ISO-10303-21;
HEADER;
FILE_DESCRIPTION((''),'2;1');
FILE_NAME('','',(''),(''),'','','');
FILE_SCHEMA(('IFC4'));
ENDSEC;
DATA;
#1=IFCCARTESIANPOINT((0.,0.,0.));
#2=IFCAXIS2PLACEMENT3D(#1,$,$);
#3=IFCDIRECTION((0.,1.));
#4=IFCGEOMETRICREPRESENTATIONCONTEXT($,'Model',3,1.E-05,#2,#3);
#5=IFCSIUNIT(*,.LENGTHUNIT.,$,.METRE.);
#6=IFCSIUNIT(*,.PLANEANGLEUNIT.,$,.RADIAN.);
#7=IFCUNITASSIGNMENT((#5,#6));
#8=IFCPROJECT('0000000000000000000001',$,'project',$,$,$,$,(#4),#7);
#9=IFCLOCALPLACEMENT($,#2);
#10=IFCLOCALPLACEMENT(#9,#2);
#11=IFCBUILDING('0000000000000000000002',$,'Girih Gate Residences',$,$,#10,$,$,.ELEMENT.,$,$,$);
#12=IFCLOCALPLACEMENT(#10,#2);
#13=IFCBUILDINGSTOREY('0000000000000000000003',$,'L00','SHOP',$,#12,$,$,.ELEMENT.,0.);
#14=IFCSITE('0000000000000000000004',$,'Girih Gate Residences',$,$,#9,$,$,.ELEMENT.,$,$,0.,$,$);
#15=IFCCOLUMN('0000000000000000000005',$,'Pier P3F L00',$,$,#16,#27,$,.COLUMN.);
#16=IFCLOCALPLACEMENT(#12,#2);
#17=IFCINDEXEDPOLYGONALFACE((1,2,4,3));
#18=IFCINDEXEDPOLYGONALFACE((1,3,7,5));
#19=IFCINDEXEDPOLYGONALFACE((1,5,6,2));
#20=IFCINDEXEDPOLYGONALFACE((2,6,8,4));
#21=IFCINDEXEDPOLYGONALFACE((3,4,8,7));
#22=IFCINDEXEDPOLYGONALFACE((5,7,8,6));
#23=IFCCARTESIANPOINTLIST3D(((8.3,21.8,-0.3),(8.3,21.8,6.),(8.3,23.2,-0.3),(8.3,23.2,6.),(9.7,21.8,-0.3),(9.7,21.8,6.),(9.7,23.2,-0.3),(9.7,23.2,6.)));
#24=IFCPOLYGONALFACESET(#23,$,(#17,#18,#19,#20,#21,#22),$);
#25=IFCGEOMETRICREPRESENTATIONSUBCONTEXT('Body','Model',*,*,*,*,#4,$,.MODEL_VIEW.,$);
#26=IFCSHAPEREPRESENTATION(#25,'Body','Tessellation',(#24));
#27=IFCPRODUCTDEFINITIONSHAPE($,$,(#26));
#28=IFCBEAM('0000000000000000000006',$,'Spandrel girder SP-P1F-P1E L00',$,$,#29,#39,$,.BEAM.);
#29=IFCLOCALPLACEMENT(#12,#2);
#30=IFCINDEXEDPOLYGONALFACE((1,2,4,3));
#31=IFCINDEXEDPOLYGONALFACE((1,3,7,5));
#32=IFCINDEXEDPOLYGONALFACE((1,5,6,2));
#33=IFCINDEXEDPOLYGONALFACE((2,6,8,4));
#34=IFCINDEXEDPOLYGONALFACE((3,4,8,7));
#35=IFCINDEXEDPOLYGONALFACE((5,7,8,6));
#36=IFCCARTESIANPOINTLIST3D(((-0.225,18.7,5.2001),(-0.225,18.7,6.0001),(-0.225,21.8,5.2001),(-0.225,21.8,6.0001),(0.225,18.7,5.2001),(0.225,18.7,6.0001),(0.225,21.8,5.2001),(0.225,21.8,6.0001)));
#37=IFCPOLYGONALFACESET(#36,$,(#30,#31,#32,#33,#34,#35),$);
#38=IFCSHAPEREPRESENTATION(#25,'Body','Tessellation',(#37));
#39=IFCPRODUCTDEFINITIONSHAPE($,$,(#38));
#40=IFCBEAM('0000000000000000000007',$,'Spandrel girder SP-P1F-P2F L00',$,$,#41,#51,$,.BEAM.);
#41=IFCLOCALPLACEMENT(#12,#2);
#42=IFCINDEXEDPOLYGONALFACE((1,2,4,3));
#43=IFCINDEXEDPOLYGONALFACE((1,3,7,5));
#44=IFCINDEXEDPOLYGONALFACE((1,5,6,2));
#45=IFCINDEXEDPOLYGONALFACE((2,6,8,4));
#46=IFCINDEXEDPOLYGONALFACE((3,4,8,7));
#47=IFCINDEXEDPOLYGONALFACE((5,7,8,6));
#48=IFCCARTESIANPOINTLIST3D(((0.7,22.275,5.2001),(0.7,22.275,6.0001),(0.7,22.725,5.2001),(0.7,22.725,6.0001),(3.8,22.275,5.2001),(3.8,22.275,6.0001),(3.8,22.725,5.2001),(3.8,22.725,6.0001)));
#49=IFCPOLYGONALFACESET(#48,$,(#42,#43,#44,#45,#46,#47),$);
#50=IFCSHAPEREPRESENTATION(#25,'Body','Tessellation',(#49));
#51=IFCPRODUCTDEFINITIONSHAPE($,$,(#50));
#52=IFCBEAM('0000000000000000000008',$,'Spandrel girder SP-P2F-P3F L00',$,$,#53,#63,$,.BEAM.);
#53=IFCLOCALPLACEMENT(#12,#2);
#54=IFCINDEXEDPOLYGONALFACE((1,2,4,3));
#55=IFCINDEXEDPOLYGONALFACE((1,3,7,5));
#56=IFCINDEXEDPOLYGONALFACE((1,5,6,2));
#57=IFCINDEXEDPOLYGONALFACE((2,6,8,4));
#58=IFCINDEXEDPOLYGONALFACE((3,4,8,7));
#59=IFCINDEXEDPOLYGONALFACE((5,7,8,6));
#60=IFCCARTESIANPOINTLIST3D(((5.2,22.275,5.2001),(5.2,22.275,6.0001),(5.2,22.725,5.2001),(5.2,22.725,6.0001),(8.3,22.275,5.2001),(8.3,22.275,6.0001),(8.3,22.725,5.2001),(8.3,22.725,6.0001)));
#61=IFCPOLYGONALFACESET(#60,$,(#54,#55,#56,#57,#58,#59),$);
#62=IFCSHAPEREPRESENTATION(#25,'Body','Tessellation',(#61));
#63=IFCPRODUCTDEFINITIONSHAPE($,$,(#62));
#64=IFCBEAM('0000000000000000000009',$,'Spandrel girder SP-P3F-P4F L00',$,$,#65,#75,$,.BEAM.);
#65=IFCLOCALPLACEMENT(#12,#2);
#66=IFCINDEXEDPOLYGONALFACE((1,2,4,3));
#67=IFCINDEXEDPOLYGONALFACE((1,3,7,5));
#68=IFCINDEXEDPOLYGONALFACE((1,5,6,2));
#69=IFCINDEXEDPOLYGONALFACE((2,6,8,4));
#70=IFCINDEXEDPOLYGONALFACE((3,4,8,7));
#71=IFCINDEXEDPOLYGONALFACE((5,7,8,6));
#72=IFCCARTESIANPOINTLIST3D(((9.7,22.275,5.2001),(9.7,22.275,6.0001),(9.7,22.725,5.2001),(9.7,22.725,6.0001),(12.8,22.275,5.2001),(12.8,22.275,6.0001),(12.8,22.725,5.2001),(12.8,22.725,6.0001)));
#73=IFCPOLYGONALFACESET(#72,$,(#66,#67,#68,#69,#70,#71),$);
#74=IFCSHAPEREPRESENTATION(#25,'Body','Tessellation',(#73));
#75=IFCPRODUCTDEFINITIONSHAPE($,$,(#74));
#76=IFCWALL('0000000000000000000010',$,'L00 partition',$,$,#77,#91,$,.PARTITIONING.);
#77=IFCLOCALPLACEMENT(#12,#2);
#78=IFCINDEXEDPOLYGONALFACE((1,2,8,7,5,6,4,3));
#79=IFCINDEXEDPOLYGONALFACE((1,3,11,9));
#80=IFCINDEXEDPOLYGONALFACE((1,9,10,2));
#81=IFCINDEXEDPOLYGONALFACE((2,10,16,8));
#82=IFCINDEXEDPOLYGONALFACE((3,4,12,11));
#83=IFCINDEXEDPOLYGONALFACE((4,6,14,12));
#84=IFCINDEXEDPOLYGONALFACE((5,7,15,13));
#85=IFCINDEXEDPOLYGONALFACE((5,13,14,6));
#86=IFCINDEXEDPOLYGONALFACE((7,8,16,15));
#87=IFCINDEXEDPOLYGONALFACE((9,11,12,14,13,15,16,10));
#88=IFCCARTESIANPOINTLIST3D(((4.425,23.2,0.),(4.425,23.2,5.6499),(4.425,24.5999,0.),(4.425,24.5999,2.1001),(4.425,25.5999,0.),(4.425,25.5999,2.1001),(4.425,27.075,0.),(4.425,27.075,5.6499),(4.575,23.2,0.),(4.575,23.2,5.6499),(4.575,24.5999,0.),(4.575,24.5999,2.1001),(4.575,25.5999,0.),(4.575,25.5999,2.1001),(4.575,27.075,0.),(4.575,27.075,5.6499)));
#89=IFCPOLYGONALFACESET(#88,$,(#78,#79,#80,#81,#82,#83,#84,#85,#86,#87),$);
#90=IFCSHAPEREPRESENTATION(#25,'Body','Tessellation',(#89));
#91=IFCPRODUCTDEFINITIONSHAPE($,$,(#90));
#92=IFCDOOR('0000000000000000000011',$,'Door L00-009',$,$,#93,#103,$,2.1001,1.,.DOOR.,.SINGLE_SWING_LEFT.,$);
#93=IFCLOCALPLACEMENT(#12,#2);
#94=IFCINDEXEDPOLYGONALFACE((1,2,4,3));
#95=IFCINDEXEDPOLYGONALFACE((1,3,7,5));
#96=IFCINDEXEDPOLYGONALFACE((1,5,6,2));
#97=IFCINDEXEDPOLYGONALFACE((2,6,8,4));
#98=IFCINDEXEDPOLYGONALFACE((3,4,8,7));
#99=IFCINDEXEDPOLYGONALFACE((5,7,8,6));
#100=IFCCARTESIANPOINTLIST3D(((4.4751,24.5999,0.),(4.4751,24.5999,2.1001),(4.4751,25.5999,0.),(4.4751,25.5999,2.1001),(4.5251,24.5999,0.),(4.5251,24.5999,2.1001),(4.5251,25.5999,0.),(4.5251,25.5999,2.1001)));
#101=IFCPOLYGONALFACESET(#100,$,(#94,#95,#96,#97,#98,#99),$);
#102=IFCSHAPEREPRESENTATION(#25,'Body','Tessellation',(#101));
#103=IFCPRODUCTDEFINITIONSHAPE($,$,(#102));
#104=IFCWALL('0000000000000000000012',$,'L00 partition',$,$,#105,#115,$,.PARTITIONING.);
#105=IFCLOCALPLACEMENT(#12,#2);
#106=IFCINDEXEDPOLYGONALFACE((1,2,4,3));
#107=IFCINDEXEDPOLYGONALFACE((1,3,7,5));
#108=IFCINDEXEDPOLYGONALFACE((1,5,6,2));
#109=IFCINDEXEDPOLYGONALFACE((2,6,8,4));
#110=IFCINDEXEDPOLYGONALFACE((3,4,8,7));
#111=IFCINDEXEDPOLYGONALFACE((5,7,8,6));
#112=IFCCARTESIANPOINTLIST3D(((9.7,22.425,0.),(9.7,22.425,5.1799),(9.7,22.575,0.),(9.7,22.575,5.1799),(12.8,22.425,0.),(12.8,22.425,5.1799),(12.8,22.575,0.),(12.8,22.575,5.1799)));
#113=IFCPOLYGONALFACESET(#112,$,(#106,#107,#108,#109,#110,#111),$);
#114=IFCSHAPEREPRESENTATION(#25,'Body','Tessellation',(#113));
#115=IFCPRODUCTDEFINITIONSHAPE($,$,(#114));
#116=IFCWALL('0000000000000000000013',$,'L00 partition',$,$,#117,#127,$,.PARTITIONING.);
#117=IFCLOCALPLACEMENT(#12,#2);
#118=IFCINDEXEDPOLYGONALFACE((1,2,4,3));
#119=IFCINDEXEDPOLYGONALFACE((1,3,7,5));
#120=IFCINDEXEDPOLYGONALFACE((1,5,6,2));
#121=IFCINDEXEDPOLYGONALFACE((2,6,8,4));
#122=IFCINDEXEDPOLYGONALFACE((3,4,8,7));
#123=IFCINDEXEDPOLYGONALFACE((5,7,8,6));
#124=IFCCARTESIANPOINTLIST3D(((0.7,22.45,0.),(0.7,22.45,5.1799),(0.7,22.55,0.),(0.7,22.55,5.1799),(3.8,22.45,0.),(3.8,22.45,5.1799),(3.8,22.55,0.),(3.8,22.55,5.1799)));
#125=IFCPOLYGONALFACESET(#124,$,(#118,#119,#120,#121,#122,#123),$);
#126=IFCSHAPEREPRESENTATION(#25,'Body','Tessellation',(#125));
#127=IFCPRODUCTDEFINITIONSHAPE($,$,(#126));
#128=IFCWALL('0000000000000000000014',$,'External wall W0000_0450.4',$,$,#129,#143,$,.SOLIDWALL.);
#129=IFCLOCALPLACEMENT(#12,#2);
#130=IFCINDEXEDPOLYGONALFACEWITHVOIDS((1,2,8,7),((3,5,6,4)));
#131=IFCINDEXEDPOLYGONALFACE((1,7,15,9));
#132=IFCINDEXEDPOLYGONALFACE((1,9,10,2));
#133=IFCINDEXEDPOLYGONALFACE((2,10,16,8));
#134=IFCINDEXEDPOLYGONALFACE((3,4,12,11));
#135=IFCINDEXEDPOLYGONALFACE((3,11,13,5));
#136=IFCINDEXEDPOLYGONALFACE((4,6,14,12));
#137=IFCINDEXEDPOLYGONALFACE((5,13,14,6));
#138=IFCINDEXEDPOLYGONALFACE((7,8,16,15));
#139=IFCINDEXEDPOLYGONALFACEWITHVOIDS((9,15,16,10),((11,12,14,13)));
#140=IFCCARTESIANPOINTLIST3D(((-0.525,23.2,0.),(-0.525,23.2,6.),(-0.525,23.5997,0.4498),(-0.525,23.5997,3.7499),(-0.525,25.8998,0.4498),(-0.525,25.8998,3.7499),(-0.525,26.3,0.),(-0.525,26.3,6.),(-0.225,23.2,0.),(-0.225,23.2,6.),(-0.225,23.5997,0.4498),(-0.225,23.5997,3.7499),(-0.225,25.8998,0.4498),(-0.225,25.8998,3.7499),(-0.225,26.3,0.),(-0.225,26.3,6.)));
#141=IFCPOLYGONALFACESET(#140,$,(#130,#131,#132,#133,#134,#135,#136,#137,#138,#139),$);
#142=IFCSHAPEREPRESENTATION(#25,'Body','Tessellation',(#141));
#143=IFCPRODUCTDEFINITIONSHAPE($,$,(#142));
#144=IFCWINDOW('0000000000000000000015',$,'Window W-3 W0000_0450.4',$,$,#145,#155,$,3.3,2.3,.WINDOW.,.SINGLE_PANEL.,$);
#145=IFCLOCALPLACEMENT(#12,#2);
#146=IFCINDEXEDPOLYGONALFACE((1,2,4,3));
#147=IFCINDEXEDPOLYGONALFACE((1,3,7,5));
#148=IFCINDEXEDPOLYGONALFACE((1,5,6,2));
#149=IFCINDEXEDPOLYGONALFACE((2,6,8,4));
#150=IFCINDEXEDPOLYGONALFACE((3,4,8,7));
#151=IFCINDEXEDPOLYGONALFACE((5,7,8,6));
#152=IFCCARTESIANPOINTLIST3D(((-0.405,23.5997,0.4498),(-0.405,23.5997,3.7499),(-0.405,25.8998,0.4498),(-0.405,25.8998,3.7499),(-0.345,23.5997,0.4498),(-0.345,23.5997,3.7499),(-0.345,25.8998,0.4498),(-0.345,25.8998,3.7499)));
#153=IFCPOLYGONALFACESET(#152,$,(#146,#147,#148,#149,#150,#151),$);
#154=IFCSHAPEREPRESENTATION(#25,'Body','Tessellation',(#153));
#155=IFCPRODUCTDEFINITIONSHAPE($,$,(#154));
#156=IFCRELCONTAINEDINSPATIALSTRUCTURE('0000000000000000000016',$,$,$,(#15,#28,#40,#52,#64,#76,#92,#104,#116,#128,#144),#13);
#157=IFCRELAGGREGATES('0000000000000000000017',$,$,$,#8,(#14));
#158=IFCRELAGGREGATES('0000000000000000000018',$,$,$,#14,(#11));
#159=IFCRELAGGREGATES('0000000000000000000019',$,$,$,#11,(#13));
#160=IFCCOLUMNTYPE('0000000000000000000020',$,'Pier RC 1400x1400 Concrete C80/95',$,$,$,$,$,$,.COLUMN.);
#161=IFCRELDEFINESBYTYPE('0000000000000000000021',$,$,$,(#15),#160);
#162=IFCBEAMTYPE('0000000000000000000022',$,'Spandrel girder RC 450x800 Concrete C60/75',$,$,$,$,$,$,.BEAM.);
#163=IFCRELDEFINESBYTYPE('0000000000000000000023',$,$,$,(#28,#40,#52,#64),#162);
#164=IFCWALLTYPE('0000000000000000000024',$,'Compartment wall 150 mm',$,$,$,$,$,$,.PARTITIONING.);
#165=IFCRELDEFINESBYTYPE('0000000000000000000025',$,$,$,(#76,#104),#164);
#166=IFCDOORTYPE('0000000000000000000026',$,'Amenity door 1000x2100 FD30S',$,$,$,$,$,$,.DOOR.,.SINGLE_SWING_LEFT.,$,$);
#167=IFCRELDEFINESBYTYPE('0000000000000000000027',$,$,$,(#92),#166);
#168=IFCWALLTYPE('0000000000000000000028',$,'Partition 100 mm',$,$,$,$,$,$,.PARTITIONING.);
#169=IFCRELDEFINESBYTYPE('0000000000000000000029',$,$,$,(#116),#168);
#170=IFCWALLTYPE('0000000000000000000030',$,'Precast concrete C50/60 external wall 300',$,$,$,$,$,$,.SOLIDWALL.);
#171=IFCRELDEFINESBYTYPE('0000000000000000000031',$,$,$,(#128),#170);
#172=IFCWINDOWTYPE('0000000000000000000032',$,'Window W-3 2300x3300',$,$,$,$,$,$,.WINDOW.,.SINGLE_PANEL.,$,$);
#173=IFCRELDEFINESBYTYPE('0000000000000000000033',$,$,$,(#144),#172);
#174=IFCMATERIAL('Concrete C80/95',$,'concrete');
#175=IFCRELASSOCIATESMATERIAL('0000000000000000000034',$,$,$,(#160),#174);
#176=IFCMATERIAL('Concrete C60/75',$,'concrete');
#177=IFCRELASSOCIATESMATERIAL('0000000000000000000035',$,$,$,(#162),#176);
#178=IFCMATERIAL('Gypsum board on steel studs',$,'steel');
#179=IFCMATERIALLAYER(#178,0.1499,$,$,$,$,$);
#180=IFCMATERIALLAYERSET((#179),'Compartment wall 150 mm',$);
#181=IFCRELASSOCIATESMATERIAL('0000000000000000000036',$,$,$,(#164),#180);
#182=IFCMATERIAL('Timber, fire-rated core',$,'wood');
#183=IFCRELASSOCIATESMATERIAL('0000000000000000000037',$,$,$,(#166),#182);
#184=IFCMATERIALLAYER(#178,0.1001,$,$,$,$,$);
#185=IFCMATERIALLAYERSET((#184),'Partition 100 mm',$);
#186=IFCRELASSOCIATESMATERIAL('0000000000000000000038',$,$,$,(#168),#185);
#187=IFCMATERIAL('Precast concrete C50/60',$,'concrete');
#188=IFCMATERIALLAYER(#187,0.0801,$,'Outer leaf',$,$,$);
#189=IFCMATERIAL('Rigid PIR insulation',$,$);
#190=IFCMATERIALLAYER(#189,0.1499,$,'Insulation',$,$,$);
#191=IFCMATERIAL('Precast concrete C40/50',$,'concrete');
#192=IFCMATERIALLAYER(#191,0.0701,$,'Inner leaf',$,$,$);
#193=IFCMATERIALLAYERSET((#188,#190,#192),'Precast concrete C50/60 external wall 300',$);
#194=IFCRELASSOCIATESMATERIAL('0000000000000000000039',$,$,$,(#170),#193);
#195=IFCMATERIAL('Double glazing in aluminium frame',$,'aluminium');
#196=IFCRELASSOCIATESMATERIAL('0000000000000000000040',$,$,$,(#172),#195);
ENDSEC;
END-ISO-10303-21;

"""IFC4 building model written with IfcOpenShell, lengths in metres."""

from ifc_helpers import new_model, si_unit, direction, frame, frame_2d, origin, origin_2d, place, context, subcontext, project, spatial, rectangle, extrude, material, layer, layer_set, material_profile, profile_set, type_object, element, fill, save


model = new_model("IFC4")

# Units and contexts
model_context = context("Model", 3, precision=1e-05, world=origin(), true_north=direction((0.0, 1.0)))
body_context = subcontext(model_context, "Body", "Model", "MODEL_VIEW")
ifc_project = project(units=[si_unit("LENGTHUNIT", "METRE"), si_unit("PLANEANGLEUNIT", "RADIAN")], contexts=[model_context])

# Site, building, storey
site_placement = place(None, origin())
site = spatial("IfcSite", under=ifc_project, at=site_placement, Name="Girih Gate Residences", CompositionType="ELEMENT", RefElevation=0.0)
building_placement = place(site_placement, origin())
building = spatial("IfcBuilding", under=site, at=building_placement, Name="Girih Gate Residences", CompositionType="ELEMENT")
storey_placement = place(building_placement, origin())
storey = spatial("IfcBuildingStorey", under=building, at=storey_placement, Name="L00", Description="SHOP", CompositionType="ELEMENT", Elevation=0.0)

# Column
ifc_material_1 = material(Name="Concrete C80/95", Category="concrete")
ifc_material_profile_1 = material_profile(ifc_material_1, rectangle(XDim=1.3999, YDim=1.3999, at=origin_2d()))
ifc_profile_set_1 = profile_set([ifc_material_profile_1], Name="Concrete C80/95")
column_type = type_object("IfcColumnType", Name="Pier RC 1400x1400 Concrete C80/95", PredefinedType="COLUMN", material=ifc_profile_set_1)
for number, where, z_axis, x_axis, name in (
    (1, (9.0, 22.5, -0.3), (0.0, 0.0, 1.0), (1.0, 0.0, 0.0), "Pier P3F L00"),
):
    element("IfcColumn", number, at=place(storey_placement, frame(where, z_axis=z_axis, x_axis=x_axis)), inside=storey, type_object=column_type, Name=name, PredefinedType="COLUMN", context=body_context, shape_type="SweptSolid", body=[
        extrude(rectangle(XDim=1.3999, YDim=1.3999, at=origin_2d()), origin(), (0.0, 0.0, 1.0), 6.3),
    ])

# Beams
ifc_material_2 = material(Name="Concrete C60/75", Category="concrete")
ifc_material_profile_2 = material_profile(ifc_material_2, rectangle(XDim=0.45, YDim=0.8, at=origin_2d()))
ifc_profile_set_2 = profile_set([ifc_material_profile_2], Name="Concrete C60/75")
beam_type = type_object("IfcBeamType", Name="Spandrel girder RC 450x800 Concrete C60/75", PredefinedType="BEAM", material=ifc_profile_set_2)
for number, where, z_axis, x_axis, name in (
    (2, (0.0, 21.8, 5.6001), (0.0, -1.0, 0.0), (1.0, 0.0, 0.0), "Spandrel girder SP-P1F-P1E L00"),
    (3, (0.7, 22.5, 5.6001), (1.0, 0.0, 0.0), (0.0, 1.0, 0.0), "Spandrel girder SP-P1F-P2F L00"),
    (4, (5.2, 22.5, 5.6001), (1.0, 0.0, 0.0), (0.0, 1.0, 0.0), "Spandrel girder SP-P2F-P3F L00"),
    (5, (9.7, 22.5, 5.6001), (1.0, 0.0, 0.0), (0.0, 1.0, 0.0), "Spandrel girder SP-P3F-P4F L00"),
):
    element("IfcBeam", number, at=place(storey_placement, frame(where, z_axis=z_axis, x_axis=x_axis)), inside=storey, type_object=beam_type, Name=name, PredefinedType="BEAM", context=body_context, shape_type="SweptSolid", body=[
        extrude(rectangle(XDim=0.45, YDim=0.8, at=origin_2d()), origin(), (0.0, 0.0, 1.0), 3.1001),
    ])

# Wall, opening, door
ifc_material_3 = material(Name="Gypsum board on steel studs", Category="steel")
ifc_layer_1 = layer(ifc_material_3, 0.1499)
ifc_layer_set_1 = layer_set([ifc_layer_1], Name="Compartment wall 150 mm")
wall_type_1 = type_object("IfcWallType", Name="Compartment wall 150 mm", PredefinedType="PARTITIONING", material=ifc_layer_set_1)
wall_1_placement = place(storey_placement, frame((4.5, 23.2, 0.0), z_axis=(0.0, 0.0, 1.0), x_axis=(0.0, 1.0, 0.0)))
wall_1 = element("IfcWall", 6, at=wall_1_placement, inside=storey, type_object=wall_type_1, Name="L00 partition", PredefinedType="PARTITIONING", context=body_context, shape_type="SweptSolid", body=[
    extrude(rectangle(XDim=3.875, YDim=0.1499, at=frame_2d((1.9375, 0.0))), origin(), (0.0, 0.0, 1.0), 5.6499),
])
opening_1_placement = place(wall_1_placement, frame((1.3999, 0.0, 0.0)))
opening_1 = element("IfcOpeningElement", 7, at=opening_1_placement, cuts=wall_1, PredefinedType="OPENING", context=body_context, shape_type="SweptSolid", body=[
    extrude(rectangle(XDim=1.0, YDim=2.1001, at=frame_2d((0.5, 1.05))), frame((0.0, 0.085, 0.0), z_axis=(0.0, -1.0, 0.0), x_axis=(1.0, 0.0, 0.0)), (0.0, 0.0, 1.0), 0.1699),
])
ifc_material_4 = material(Name="Timber, fire-rated core", Category="wood")
door_type = type_object("IfcDoorType", Name="Amenity door 1000x2100 FD30S", OperationType="SINGLE_SWING_LEFT", PredefinedType="DOOR", material=ifc_material_4)
door_placement = place(opening_1_placement, origin())
door = element("IfcDoor", 8, at=door_placement, inside=storey, type_object=door_type, Name="Door L00-009", OperationType="SINGLE_SWING_LEFT", OverallHeight=2.1001, OverallWidth=1.0, PredefinedType="DOOR", context=body_context, shape_type="SweptSolid", body=[
    extrude(rectangle(XDim=1.0, YDim=2.1001, at=frame_2d((0.5, 1.05))), frame((0.0, 0.0249, 0.0), z_axis=(0.0, -1.0, 0.0), x_axis=(1.0, 0.0, 0.0)), (0.0, 0.0, 1.0), 0.05),
])
fill(opening_1, door)

# Walls
wall_2_placement = place(storey_placement, frame((9.7, 22.5, 0.0), z_axis=(0.0, 0.0, 1.0), x_axis=(1.0, 0.0, 0.0)))
element("IfcWall", 9, at=wall_2_placement, inside=storey, type_object=wall_type_1, Name="L00 partition", PredefinedType="PARTITIONING", context=body_context, shape_type="SweptSolid", body=[
    extrude(rectangle(XDim=3.1001, YDim=0.1499, at=frame_2d((1.55, 0.0))), origin(), (0.0, 0.0, 1.0), 5.1799),
])
ifc_layer_2 = layer(ifc_material_3, 0.1001)
ifc_layer_set_2 = layer_set([ifc_layer_2], Name="Partition 100 mm")
wall_type_2 = type_object("IfcWallType", Name="Partition 100 mm", PredefinedType="PARTITIONING", material=ifc_layer_set_2)
wall_3_placement = place(storey_placement, frame((0.7, 22.5, 0.0), z_axis=(0.0, 0.0, 1.0), x_axis=(1.0, 0.0, 0.0)))
element("IfcWall", 10, at=wall_3_placement, inside=storey, type_object=wall_type_2, Name="L00 partition", PredefinedType="PARTITIONING", context=body_context, shape_type="SweptSolid", body=[
    extrude(rectangle(XDim=3.1001, YDim=0.1001, at=frame_2d((1.55, 0.0))), origin(), (0.0, 0.0, 1.0), 5.1799),
])

# Wall, opening, window
ifc_material_5 = material(Name="Precast concrete C50/60", Category="concrete")
ifc_layer_3 = layer(ifc_material_5, 0.0801, Name="Outer leaf")
ifc_material_6 = material(Name="Rigid PIR insulation")
ifc_layer_4 = layer(ifc_material_6, 0.1499, Name="Insulation")
ifc_material_7 = material(Name="Precast concrete C40/50", Category="concrete")
ifc_layer_5 = layer(ifc_material_7, 0.0701, Name="Inner leaf")
ifc_layer_set_3 = layer_set([ifc_layer_3, ifc_layer_4, ifc_layer_5], Name="Precast concrete C50/60 external wall 300")
wall_type_3 = type_object("IfcWallType", Name="Precast concrete C50/60 external wall 300", PredefinedType="SOLIDWALL", material=ifc_layer_set_3)
wall_4_placement = place(storey_placement, frame((-0.375, 23.2, 0.0), z_axis=(0.0, 0.0, 1.0), x_axis=(0.0, 1.0, 0.0)))
wall_4 = element("IfcWall", 11, at=wall_4_placement, inside=storey, type_object=wall_type_3, Name="External wall W0000_0450.4", PredefinedType="SOLIDWALL", context=body_context, shape_type="SweptSolid", body=[
    extrude(rectangle(XDim=3.1001, YDim=0.3, at=frame_2d((1.55, 0.0))), origin(), (0.0, 0.0, 1.0), 6.0),
])
opening_2_placement = place(wall_4_placement, frame((0.3999, 0.0, 0.45)))
opening_2 = element("IfcOpeningElement", 12, at=opening_2_placement, cuts=wall_4, PredefinedType="OPENING", context=body_context, shape_type="SweptSolid", body=[
    extrude(rectangle(XDim=2.3, YDim=3.3, at=frame_2d((1.1499, 1.6499))), frame((0.0, 0.1599, 0.0), z_axis=(0.0, -1.0, 0.0), x_axis=(1.0, 0.0, 0.0)), (0.0, 0.0, 1.0), 0.3201),
])
ifc_material_8 = material(Name="Double glazing in aluminium frame", Category="aluminium")
window_type = type_object("IfcWindowType", Name="Window W-3 2300x3300", PartitioningType="SINGLE_PANEL", PredefinedType="WINDOW", material=ifc_material_8)
window_1_placement = place(opening_2_placement, origin())
window_1 = element("IfcWindow", 13, at=window_1_placement, inside=storey, type_object=window_type, Name="Window W-3 W0000_0450.4", OverallHeight=3.3, OverallWidth=2.3, PartitioningType="SINGLE_PANEL", PredefinedType="WINDOW", context=body_context, shape_type="SweptSolid", body=[
    extrude(rectangle(XDim=2.3, YDim=3.3, at=frame_2d((1.1499, 1.6499))), frame((0.0, 0.03, 0.0), z_axis=(0.0, -1.0, 0.0), x_axis=(1.0, 0.0, 0.0)), (0.0, 0.0, 1.0), 0.0601),
])
fill(opening_2, window_1)

save(model, "model.ifc")
